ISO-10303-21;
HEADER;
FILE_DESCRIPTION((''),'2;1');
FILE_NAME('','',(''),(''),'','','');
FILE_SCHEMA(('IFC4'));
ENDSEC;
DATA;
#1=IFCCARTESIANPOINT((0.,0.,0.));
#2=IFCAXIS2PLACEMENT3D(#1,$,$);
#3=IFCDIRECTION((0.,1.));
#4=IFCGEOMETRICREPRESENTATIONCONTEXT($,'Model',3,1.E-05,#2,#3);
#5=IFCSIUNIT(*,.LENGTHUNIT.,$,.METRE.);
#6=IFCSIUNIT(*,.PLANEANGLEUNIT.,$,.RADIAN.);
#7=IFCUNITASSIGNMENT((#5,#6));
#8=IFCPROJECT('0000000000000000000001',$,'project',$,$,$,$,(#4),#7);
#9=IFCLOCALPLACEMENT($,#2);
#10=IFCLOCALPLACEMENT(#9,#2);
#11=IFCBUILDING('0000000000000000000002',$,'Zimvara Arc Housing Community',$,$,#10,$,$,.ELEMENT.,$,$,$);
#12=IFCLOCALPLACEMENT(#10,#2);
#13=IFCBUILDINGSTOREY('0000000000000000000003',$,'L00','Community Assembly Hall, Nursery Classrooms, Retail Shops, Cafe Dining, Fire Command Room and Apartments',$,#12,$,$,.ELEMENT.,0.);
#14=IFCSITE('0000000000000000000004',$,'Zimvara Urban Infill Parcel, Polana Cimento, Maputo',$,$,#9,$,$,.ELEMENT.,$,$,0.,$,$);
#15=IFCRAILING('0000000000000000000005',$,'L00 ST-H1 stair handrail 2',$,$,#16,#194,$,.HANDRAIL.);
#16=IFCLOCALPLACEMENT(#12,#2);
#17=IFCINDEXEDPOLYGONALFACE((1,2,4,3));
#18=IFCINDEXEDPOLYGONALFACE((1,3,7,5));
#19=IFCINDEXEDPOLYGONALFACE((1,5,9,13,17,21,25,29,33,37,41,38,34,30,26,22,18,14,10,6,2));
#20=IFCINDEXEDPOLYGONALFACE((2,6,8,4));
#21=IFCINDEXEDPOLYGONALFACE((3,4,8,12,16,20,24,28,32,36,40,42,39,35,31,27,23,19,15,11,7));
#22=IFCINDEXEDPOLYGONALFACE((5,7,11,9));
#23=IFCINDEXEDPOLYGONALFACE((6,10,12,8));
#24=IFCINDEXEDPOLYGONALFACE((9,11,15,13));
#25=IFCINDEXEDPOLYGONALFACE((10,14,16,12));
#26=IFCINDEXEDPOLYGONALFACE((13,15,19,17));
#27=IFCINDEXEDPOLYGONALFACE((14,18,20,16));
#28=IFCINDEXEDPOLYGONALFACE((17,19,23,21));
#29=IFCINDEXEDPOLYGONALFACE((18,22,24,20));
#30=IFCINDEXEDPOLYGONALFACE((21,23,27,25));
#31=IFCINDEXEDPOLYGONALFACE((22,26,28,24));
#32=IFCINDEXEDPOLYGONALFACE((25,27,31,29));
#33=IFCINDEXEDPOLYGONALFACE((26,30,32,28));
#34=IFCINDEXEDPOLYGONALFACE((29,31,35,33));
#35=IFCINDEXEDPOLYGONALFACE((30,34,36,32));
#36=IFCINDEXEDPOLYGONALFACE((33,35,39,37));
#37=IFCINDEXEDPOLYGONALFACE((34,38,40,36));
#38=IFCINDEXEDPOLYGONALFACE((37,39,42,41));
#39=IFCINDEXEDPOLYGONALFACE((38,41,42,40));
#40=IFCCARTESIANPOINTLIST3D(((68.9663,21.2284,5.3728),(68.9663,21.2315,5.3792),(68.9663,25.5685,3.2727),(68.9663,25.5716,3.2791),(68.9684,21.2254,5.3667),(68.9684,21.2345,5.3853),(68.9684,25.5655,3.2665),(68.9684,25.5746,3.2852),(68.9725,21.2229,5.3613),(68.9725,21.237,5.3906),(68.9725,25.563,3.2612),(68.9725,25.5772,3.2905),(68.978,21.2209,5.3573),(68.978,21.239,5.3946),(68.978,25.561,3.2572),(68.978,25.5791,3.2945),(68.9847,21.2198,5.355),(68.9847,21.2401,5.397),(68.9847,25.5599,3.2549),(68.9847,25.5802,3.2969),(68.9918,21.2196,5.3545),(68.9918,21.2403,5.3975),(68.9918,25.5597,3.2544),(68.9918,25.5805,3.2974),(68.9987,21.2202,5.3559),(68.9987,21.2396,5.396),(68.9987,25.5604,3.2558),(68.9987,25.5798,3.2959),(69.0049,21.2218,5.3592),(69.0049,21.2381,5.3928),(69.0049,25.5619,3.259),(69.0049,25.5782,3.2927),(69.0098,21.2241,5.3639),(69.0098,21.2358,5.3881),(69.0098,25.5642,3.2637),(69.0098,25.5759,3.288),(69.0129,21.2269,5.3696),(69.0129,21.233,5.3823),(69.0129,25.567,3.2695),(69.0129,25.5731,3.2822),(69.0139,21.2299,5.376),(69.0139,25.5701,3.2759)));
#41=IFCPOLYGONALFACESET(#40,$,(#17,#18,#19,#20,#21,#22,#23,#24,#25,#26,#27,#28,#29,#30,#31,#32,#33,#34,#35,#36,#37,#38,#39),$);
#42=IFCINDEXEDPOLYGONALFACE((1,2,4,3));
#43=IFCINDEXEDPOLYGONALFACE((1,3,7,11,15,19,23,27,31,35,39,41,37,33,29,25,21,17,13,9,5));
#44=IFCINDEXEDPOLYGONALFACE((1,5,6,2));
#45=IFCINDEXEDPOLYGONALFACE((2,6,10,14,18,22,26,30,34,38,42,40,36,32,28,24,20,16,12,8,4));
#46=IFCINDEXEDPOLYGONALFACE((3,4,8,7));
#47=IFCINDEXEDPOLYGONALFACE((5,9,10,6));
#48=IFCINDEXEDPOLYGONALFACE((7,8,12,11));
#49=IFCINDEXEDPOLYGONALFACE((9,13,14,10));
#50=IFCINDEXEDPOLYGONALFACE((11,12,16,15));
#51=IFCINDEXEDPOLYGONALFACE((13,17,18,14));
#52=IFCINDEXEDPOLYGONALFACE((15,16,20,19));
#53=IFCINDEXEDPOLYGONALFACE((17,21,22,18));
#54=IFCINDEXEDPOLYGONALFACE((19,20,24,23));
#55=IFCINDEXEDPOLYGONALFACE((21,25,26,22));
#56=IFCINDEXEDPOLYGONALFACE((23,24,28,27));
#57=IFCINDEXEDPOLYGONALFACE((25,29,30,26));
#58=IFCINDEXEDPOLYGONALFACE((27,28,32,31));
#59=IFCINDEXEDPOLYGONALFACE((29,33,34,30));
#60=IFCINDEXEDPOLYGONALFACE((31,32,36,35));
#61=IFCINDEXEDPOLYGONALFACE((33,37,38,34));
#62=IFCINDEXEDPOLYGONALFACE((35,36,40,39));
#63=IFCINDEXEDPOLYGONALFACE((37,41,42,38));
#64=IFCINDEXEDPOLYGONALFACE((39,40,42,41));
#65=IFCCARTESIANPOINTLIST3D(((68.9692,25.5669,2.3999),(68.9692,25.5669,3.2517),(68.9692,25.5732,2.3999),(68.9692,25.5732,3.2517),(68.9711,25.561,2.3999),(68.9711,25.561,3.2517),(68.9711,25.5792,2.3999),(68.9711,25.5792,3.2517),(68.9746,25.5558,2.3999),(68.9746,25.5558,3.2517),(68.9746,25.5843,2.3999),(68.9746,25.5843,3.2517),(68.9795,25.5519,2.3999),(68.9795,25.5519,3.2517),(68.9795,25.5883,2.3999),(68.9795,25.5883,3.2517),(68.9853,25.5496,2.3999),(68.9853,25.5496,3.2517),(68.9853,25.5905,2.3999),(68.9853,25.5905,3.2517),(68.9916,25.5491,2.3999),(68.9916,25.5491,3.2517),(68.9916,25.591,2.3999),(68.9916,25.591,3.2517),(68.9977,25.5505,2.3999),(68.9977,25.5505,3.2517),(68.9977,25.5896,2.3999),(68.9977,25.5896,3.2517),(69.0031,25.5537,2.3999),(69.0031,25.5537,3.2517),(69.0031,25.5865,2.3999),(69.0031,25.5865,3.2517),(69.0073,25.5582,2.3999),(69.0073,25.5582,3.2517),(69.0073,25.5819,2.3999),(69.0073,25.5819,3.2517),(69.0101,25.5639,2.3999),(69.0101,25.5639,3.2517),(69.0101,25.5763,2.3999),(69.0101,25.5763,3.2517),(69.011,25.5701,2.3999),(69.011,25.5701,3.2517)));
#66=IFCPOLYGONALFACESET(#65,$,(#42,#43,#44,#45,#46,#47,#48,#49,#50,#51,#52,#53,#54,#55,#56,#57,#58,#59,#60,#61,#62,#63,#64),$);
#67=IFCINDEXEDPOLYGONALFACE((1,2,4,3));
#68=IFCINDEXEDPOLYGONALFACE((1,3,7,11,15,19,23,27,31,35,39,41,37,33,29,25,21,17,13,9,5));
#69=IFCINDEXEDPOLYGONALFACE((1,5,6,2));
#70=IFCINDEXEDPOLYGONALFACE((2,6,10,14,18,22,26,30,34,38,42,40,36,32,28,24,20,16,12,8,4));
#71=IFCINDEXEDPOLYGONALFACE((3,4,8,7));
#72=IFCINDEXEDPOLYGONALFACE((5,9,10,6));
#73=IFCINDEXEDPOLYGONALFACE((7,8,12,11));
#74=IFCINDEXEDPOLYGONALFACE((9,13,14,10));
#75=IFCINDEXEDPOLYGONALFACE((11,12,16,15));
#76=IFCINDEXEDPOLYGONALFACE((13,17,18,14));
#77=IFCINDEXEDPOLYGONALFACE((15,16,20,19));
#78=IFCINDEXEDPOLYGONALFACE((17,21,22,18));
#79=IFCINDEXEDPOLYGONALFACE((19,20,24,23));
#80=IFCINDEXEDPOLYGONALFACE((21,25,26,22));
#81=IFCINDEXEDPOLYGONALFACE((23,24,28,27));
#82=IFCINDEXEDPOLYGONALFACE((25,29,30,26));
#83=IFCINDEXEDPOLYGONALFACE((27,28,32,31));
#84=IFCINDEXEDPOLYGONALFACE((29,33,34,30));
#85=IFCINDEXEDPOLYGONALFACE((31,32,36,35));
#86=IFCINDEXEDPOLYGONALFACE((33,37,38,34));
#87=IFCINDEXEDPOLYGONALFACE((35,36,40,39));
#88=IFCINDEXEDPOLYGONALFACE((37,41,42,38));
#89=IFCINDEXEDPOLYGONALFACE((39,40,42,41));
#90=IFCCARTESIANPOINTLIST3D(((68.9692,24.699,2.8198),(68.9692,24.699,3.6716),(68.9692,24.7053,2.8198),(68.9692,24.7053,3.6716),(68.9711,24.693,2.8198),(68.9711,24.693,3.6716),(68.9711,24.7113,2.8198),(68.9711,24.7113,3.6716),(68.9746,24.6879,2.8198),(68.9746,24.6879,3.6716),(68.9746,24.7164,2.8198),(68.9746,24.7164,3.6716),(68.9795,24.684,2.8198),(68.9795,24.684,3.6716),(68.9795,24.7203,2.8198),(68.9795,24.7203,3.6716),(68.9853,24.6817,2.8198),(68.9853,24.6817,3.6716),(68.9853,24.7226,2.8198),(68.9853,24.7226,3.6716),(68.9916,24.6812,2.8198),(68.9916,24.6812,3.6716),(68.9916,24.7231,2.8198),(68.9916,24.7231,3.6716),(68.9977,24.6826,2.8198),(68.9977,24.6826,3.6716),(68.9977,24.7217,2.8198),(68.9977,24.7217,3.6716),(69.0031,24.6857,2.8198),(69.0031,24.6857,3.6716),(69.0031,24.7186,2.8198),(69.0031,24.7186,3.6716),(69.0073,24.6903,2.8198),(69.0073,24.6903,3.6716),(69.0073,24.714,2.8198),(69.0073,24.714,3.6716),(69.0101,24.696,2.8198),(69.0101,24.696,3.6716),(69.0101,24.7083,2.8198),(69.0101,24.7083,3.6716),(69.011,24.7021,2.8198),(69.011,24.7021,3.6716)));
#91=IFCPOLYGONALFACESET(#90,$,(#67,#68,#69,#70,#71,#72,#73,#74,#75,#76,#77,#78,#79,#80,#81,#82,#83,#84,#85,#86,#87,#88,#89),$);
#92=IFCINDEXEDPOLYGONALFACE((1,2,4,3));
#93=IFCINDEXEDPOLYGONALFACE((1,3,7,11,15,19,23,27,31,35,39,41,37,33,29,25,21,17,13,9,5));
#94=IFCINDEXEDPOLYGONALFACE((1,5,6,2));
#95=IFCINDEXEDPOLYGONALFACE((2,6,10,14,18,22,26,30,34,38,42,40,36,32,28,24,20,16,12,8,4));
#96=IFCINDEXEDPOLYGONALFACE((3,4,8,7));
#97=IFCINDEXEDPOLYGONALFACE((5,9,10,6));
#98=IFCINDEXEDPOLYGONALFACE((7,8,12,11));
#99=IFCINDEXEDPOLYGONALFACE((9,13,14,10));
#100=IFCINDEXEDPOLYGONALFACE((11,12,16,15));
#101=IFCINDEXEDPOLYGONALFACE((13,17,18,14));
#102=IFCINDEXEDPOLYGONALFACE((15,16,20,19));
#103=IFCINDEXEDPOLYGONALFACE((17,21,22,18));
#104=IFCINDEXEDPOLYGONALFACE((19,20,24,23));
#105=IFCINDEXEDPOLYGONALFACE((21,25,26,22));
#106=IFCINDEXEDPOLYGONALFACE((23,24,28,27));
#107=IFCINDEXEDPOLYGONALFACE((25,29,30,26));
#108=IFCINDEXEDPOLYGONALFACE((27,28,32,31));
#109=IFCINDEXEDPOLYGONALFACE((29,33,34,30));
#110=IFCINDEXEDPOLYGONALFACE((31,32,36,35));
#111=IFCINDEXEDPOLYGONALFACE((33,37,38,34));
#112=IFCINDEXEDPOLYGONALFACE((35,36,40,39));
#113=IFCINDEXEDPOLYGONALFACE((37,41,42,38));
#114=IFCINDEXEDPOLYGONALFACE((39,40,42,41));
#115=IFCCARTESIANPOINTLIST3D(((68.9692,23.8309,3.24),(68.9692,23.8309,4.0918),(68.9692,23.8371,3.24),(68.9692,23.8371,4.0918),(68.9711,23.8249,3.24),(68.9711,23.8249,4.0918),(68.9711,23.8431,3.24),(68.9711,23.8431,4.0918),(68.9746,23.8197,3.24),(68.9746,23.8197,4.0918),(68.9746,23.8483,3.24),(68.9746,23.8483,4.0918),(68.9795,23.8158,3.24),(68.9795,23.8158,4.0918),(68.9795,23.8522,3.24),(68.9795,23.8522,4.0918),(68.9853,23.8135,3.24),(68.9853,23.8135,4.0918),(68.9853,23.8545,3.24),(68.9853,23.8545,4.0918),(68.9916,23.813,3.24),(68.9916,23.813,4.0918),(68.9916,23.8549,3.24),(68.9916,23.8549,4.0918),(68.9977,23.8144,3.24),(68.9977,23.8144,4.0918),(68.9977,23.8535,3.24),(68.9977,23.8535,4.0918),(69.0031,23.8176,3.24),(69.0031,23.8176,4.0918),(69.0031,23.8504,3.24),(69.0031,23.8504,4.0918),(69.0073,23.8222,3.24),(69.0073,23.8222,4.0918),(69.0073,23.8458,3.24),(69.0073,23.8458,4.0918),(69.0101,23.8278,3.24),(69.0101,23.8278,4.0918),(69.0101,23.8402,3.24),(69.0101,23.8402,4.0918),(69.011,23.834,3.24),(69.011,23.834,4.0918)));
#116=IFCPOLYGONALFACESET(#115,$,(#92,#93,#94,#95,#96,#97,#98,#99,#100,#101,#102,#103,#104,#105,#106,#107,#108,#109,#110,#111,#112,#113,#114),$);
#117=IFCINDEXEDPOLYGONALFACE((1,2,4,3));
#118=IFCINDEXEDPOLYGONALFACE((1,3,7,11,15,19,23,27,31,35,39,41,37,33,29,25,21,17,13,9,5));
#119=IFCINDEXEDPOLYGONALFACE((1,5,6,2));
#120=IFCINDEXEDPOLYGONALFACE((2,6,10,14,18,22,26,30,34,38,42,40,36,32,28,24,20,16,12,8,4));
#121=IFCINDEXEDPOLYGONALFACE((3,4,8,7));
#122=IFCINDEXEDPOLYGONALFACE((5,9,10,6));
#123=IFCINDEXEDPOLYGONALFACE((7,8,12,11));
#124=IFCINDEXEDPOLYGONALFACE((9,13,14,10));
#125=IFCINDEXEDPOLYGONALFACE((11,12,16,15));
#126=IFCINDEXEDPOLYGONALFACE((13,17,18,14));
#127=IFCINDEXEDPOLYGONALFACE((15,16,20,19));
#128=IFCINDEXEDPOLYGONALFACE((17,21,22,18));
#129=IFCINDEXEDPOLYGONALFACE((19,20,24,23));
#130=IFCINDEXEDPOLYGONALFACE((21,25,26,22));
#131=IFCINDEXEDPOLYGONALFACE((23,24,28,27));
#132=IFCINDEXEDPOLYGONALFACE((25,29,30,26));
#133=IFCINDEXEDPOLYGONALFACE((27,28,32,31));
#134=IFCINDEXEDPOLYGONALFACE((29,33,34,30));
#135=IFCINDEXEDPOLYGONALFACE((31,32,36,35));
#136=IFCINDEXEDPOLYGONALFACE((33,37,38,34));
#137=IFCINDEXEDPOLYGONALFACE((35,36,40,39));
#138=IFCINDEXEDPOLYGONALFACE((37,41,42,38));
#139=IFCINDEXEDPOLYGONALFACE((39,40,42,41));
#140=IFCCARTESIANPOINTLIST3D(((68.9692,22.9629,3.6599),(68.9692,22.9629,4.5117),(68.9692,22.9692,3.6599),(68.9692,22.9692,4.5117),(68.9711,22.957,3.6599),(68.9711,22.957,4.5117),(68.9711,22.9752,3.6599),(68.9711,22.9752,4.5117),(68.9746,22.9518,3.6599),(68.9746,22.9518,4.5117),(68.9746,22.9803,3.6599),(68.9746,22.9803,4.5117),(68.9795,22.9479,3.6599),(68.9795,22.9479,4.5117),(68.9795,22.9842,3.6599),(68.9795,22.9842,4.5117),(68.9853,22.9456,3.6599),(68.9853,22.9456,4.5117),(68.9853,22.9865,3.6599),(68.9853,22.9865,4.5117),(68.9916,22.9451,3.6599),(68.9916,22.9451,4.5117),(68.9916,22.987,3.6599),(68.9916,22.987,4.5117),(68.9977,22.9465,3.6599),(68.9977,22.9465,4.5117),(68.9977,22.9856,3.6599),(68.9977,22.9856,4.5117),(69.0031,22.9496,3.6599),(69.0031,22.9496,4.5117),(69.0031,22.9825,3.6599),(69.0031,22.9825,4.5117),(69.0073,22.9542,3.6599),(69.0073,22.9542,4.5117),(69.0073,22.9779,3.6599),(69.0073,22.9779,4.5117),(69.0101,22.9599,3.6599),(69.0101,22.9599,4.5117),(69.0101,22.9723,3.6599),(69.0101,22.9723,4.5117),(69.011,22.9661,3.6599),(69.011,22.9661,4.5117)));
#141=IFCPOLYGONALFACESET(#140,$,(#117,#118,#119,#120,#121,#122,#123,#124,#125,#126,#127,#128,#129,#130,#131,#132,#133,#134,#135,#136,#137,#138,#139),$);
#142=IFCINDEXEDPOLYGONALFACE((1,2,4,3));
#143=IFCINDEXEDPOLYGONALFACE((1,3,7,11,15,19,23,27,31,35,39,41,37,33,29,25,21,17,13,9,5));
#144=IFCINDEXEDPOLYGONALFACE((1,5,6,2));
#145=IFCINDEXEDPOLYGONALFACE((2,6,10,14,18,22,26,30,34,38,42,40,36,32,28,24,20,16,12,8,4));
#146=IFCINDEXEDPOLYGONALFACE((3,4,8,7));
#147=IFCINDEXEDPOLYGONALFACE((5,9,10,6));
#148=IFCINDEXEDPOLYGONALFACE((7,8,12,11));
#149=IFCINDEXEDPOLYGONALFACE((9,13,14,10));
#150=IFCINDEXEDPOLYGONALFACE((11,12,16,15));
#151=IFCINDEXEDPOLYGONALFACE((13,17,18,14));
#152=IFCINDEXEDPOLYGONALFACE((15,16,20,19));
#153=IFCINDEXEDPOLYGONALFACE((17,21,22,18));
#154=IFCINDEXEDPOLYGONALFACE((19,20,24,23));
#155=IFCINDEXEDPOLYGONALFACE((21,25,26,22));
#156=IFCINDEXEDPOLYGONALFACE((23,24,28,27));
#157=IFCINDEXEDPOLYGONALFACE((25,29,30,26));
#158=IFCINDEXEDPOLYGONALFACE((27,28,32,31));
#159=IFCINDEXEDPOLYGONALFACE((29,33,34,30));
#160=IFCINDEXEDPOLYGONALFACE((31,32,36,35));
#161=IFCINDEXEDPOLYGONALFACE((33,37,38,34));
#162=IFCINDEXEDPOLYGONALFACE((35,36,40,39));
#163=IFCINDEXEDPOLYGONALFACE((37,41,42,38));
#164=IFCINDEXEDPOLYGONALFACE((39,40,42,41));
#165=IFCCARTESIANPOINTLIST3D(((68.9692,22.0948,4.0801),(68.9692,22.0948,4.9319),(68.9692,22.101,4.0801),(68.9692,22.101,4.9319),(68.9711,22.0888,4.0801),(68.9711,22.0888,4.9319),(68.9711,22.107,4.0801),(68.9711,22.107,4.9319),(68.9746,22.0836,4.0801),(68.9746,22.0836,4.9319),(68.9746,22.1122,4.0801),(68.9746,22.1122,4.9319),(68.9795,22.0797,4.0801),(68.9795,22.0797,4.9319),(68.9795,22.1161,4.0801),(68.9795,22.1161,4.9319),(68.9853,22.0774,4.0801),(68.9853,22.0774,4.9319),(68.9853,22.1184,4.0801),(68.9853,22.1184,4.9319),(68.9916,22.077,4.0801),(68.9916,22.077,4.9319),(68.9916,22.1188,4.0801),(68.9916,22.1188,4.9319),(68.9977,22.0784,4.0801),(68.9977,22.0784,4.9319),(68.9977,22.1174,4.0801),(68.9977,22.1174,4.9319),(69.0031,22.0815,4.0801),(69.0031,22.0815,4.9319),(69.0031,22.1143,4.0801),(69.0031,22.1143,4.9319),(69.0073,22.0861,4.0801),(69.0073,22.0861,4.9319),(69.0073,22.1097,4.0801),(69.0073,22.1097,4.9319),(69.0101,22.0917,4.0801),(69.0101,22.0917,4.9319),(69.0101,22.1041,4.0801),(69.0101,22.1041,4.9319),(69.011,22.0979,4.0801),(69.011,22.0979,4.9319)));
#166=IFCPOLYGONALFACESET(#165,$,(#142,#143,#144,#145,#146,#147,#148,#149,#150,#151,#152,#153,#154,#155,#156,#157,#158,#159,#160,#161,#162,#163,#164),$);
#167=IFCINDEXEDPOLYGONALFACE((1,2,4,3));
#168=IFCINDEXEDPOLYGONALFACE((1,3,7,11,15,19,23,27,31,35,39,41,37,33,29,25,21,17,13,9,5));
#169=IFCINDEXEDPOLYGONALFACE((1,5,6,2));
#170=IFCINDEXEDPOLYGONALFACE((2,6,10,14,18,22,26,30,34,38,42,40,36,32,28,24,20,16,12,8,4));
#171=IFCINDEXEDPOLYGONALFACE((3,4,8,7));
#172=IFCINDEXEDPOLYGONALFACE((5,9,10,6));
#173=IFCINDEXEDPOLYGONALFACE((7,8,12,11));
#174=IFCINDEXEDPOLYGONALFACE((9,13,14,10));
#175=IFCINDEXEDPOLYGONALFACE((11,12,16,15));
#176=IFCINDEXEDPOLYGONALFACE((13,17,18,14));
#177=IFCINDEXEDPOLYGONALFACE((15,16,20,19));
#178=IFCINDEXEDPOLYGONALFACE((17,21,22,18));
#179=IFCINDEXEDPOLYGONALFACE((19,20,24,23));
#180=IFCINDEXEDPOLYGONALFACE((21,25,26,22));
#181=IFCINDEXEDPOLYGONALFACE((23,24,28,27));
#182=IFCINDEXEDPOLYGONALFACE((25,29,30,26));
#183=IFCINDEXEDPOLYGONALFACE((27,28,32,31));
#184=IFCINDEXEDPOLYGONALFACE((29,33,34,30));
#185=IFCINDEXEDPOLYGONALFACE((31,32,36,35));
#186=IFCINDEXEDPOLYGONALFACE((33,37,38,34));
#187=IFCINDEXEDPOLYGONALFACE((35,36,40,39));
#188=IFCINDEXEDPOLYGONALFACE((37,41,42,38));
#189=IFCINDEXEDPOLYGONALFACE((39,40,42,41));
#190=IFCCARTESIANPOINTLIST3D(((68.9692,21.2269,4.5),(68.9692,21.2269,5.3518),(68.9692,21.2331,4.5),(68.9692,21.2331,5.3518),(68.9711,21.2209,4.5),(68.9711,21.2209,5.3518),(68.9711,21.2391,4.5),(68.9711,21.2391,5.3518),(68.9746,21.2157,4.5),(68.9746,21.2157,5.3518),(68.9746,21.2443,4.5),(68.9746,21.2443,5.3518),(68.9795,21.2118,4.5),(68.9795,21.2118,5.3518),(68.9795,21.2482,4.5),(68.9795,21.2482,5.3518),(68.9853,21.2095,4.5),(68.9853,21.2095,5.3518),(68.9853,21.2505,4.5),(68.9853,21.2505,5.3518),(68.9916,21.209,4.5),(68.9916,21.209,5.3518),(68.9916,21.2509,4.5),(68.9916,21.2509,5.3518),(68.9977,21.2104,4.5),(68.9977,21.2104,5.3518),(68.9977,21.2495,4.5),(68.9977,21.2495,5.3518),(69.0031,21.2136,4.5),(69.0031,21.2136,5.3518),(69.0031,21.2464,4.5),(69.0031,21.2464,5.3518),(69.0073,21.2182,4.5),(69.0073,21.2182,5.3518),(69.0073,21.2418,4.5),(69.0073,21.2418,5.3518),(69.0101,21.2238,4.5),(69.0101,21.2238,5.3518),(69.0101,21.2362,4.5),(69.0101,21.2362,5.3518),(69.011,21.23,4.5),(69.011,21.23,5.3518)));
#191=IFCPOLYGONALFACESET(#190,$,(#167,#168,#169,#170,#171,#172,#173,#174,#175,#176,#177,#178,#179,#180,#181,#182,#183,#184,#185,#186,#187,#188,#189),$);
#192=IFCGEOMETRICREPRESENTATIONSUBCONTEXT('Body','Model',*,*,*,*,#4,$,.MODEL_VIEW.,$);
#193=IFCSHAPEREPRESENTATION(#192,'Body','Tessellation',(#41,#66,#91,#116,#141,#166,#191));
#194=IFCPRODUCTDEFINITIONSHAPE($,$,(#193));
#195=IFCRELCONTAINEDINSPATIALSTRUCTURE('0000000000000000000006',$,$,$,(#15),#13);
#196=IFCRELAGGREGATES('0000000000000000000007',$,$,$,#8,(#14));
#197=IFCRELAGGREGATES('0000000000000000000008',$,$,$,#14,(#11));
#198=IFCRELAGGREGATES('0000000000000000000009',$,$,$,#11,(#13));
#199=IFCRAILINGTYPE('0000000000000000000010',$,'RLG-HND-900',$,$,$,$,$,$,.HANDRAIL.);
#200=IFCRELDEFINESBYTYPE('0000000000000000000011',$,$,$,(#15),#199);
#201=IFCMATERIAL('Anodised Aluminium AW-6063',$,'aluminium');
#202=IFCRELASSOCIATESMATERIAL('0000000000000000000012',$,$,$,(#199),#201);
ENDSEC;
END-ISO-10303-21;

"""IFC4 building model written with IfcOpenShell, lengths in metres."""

from ifc_helpers import new_model, si_unit, direction, frame, origin, origin_2d, place, context, subcontext, project, spatial, circle, extrude, material, type_object, element, save


model = new_model("IFC4")

# Units and contexts
model_context = context("Model", 3, precision=1e-05, world=origin(), true_north=direction((0.0, 1.0)))
body_context = subcontext(model_context, "Body", "Model", "MODEL_VIEW")
ifc_project = project(units=[si_unit("LENGTHUNIT", "METRE"), si_unit("PLANEANGLEUNIT", "RADIAN")], contexts=[model_context])

# Site, building, storey
site_placement = place(None, origin())
site = spatial("IfcSite", under=ifc_project, at=site_placement, Name="Zimvara Urban Infill Parcel, Polana Cimento, Maputo", CompositionType="ELEMENT", RefElevation=0.0)
building_placement = place(site_placement, origin())
building = spatial("IfcBuilding", under=site, at=building_placement, Name="Zimvara Arc Housing Community", CompositionType="ELEMENT")
storey_placement = place(building_placement, origin())
storey = spatial("IfcBuildingStorey", under=building, at=storey_placement, Name="L00", Description="Community Assembly Hall, Nursery Classrooms, Retail Shops, Cafe Dining, Fire Command Room and Apartments", CompositionType="ELEMENT", Elevation=0.0)

# Railing
ifc_material_1 = material(Name="Anodised Aluminium AW-6063", Category="aluminium")
railing_type_1 = type_object("IfcRailingType", Name="RLG-HND-900", PredefinedType="HANDRAIL", material=ifc_material_1)
railing_1_placement = place(storey_placement, frame((68.99, 25.5701, 2.3999)))
element("IfcRailing", 1, at=railing_1_placement, inside=storey, type_object=railing_type_1, Name="L00 ST-H1 stair handrail 2", PredefinedType="HANDRAIL", context=body_context, shape_type="SweptSolid", body=[
    extrude(circle(Radius=0.0239, at=origin_2d()), frame((0.0, 0.0, 0.876), z_axis=(0.0, -0.900155, 0.43557), x_axis=(1.0, 0.0, 0.0)), (0.0, 0.0, 1.0), 4.8215),
    extrude(circle(Radius=0.021, at=origin_2d()), origin(), (0.0, 0.0, 1.0), 0.8518),
    extrude(circle(Radius=0.021, at=origin_2d()), frame((0.0, -0.8679, 0.4199)), (0.0, 0.0, 1.0), 0.8518),
    extrude(circle(Radius=0.021, at=origin_2d()), frame((0.0, -1.7361, 0.8401)), (0.0, 0.0, 1.0), 0.8518),
    extrude(circle(Radius=0.021, at=origin_2d()), frame((0.0, -2.604, 1.26)), (0.0, 0.0, 1.0), 0.8518),
    extrude(circle(Radius=0.021, at=origin_2d()), frame((0.0, -3.4722, 1.6802)), (0.0, 0.0, 1.0), 0.8518),
    extrude(circle(Radius=0.021, at=origin_2d()), frame((0.0, -4.3401, 2.1001)), (0.0, 0.0, 1.0), 0.8518),
])

save(model, "model.ifc")
